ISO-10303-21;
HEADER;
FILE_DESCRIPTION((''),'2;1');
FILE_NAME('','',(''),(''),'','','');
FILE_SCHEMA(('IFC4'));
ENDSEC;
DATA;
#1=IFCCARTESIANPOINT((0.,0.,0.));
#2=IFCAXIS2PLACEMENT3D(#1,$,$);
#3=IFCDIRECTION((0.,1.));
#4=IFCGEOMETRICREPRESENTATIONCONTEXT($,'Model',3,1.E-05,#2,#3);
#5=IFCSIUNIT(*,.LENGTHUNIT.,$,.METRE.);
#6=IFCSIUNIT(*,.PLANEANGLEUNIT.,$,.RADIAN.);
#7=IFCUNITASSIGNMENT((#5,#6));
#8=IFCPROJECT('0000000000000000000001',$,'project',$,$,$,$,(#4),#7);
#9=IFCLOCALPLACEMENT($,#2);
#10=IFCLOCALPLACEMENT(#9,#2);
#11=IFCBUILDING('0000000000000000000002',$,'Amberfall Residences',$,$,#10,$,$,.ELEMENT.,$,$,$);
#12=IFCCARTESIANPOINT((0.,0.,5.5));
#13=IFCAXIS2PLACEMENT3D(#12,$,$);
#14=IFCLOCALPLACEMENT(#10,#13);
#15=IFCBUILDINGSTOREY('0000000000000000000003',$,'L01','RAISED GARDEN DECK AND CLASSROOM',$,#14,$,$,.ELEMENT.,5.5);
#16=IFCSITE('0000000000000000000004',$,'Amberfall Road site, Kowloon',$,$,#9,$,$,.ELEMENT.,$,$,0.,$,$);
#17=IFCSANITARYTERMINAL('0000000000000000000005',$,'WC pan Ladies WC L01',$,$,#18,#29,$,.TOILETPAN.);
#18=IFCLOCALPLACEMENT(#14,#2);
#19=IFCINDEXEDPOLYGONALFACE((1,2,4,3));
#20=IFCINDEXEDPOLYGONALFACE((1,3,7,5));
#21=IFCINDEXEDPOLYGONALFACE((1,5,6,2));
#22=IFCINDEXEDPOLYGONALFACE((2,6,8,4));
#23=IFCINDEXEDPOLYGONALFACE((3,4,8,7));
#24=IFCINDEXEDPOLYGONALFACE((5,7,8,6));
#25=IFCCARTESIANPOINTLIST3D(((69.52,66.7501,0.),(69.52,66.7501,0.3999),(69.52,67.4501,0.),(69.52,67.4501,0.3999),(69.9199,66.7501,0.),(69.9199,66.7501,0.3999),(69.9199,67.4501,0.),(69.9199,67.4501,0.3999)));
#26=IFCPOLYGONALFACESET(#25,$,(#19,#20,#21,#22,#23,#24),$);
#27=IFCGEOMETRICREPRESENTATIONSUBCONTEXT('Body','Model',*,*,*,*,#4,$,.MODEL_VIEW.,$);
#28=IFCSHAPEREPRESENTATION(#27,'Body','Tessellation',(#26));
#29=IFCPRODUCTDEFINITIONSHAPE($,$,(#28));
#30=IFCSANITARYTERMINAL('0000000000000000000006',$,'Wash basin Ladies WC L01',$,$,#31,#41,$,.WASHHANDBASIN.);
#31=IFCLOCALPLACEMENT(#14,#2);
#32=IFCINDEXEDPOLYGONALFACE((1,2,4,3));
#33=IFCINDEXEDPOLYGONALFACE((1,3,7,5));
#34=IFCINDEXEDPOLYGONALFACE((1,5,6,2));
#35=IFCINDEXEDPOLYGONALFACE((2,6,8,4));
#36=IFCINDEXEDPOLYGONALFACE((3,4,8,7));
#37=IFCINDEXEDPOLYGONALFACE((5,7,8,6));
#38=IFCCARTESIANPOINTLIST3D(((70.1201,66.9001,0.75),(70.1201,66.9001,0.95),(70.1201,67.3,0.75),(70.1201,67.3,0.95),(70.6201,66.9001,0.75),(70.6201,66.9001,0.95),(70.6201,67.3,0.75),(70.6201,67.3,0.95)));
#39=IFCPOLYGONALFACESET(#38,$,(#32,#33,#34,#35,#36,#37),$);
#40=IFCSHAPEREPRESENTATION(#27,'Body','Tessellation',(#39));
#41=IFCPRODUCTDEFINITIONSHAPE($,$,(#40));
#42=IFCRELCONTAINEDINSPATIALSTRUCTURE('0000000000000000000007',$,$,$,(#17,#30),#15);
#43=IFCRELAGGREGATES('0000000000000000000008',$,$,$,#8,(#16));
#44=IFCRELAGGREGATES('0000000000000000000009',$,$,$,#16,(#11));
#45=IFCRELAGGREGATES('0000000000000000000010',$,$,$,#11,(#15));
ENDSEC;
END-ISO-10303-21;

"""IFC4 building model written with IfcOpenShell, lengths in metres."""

from ifc_helpers import new_model, si_unit, direction, frame, origin, origin_2d, place, context, subcontext, project, spatial, rectangle, extrude, element, save


model = new_model("IFC4")

# Units and contexts
model_context = context("Model", 3, precision=1e-05, world=origin(), true_north=direction((0.0, 1.0)))
body_context = subcontext(model_context, "Body", "Model", "MODEL_VIEW")
ifc_project = project(units=[si_unit("LENGTHUNIT", "METRE"), si_unit("PLANEANGLEUNIT", "RADIAN")], contexts=[model_context])

# Site, building, storey
site_placement = place(None, origin())
site = spatial("IfcSite", under=ifc_project, at=site_placement, Name="Amberfall Road site, Kowloon", CompositionType="ELEMENT", RefElevation=0.0)
building_placement = place(site_placement, origin())
building = spatial("IfcBuilding", under=site, at=building_placement, Name="Amberfall Residences", CompositionType="ELEMENT")
storey_placement = place(building_placement, frame((0.0, 0.0, 5.5)))
storey = spatial("IfcBuildingStorey", under=building, at=storey_placement, Name="L01", Description="RAISED GARDEN DECK AND CLASSROOM", CompositionType="ELEMENT", Elevation=5.5)

# Sanitary terminals
sanitary_terminal_1_placement = place(storey_placement, frame((69.72, 67.1001, 0.0), z_axis=(0.0, 0.0, 1.0), x_axis=(1.0, 0.0, 0.0)))
element("IfcSanitaryTerminal", 1, at=sanitary_terminal_1_placement, inside=storey, Name="WC pan Ladies WC L01", PredefinedType="TOILETPAN", context=body_context, shape_type="SweptSolid", body=[
    extrude(rectangle(XDim=0.3999, YDim=0.7, at=origin_2d()), origin(), (0.0, 0.0, 1.0), 0.3999),
])
sanitary_terminal_2_placement = place(storey_placement, frame((70.3701, 67.1001, 0.75), z_axis=(0.0, 0.0, 1.0), x_axis=(1.0, 0.0, 0.0)))
element("IfcSanitaryTerminal", 2, at=sanitary_terminal_2_placement, inside=storey, Name="Wash basin Ladies WC L01", PredefinedType="WASHHANDBASIN", context=body_context, shape_type="SweptSolid", body=[
    extrude(rectangle(XDim=0.5, YDim=0.3999, at=origin_2d()), origin(), (0.0, 0.0, 1.0), 0.2),
])

save(model, "model.ifc")
